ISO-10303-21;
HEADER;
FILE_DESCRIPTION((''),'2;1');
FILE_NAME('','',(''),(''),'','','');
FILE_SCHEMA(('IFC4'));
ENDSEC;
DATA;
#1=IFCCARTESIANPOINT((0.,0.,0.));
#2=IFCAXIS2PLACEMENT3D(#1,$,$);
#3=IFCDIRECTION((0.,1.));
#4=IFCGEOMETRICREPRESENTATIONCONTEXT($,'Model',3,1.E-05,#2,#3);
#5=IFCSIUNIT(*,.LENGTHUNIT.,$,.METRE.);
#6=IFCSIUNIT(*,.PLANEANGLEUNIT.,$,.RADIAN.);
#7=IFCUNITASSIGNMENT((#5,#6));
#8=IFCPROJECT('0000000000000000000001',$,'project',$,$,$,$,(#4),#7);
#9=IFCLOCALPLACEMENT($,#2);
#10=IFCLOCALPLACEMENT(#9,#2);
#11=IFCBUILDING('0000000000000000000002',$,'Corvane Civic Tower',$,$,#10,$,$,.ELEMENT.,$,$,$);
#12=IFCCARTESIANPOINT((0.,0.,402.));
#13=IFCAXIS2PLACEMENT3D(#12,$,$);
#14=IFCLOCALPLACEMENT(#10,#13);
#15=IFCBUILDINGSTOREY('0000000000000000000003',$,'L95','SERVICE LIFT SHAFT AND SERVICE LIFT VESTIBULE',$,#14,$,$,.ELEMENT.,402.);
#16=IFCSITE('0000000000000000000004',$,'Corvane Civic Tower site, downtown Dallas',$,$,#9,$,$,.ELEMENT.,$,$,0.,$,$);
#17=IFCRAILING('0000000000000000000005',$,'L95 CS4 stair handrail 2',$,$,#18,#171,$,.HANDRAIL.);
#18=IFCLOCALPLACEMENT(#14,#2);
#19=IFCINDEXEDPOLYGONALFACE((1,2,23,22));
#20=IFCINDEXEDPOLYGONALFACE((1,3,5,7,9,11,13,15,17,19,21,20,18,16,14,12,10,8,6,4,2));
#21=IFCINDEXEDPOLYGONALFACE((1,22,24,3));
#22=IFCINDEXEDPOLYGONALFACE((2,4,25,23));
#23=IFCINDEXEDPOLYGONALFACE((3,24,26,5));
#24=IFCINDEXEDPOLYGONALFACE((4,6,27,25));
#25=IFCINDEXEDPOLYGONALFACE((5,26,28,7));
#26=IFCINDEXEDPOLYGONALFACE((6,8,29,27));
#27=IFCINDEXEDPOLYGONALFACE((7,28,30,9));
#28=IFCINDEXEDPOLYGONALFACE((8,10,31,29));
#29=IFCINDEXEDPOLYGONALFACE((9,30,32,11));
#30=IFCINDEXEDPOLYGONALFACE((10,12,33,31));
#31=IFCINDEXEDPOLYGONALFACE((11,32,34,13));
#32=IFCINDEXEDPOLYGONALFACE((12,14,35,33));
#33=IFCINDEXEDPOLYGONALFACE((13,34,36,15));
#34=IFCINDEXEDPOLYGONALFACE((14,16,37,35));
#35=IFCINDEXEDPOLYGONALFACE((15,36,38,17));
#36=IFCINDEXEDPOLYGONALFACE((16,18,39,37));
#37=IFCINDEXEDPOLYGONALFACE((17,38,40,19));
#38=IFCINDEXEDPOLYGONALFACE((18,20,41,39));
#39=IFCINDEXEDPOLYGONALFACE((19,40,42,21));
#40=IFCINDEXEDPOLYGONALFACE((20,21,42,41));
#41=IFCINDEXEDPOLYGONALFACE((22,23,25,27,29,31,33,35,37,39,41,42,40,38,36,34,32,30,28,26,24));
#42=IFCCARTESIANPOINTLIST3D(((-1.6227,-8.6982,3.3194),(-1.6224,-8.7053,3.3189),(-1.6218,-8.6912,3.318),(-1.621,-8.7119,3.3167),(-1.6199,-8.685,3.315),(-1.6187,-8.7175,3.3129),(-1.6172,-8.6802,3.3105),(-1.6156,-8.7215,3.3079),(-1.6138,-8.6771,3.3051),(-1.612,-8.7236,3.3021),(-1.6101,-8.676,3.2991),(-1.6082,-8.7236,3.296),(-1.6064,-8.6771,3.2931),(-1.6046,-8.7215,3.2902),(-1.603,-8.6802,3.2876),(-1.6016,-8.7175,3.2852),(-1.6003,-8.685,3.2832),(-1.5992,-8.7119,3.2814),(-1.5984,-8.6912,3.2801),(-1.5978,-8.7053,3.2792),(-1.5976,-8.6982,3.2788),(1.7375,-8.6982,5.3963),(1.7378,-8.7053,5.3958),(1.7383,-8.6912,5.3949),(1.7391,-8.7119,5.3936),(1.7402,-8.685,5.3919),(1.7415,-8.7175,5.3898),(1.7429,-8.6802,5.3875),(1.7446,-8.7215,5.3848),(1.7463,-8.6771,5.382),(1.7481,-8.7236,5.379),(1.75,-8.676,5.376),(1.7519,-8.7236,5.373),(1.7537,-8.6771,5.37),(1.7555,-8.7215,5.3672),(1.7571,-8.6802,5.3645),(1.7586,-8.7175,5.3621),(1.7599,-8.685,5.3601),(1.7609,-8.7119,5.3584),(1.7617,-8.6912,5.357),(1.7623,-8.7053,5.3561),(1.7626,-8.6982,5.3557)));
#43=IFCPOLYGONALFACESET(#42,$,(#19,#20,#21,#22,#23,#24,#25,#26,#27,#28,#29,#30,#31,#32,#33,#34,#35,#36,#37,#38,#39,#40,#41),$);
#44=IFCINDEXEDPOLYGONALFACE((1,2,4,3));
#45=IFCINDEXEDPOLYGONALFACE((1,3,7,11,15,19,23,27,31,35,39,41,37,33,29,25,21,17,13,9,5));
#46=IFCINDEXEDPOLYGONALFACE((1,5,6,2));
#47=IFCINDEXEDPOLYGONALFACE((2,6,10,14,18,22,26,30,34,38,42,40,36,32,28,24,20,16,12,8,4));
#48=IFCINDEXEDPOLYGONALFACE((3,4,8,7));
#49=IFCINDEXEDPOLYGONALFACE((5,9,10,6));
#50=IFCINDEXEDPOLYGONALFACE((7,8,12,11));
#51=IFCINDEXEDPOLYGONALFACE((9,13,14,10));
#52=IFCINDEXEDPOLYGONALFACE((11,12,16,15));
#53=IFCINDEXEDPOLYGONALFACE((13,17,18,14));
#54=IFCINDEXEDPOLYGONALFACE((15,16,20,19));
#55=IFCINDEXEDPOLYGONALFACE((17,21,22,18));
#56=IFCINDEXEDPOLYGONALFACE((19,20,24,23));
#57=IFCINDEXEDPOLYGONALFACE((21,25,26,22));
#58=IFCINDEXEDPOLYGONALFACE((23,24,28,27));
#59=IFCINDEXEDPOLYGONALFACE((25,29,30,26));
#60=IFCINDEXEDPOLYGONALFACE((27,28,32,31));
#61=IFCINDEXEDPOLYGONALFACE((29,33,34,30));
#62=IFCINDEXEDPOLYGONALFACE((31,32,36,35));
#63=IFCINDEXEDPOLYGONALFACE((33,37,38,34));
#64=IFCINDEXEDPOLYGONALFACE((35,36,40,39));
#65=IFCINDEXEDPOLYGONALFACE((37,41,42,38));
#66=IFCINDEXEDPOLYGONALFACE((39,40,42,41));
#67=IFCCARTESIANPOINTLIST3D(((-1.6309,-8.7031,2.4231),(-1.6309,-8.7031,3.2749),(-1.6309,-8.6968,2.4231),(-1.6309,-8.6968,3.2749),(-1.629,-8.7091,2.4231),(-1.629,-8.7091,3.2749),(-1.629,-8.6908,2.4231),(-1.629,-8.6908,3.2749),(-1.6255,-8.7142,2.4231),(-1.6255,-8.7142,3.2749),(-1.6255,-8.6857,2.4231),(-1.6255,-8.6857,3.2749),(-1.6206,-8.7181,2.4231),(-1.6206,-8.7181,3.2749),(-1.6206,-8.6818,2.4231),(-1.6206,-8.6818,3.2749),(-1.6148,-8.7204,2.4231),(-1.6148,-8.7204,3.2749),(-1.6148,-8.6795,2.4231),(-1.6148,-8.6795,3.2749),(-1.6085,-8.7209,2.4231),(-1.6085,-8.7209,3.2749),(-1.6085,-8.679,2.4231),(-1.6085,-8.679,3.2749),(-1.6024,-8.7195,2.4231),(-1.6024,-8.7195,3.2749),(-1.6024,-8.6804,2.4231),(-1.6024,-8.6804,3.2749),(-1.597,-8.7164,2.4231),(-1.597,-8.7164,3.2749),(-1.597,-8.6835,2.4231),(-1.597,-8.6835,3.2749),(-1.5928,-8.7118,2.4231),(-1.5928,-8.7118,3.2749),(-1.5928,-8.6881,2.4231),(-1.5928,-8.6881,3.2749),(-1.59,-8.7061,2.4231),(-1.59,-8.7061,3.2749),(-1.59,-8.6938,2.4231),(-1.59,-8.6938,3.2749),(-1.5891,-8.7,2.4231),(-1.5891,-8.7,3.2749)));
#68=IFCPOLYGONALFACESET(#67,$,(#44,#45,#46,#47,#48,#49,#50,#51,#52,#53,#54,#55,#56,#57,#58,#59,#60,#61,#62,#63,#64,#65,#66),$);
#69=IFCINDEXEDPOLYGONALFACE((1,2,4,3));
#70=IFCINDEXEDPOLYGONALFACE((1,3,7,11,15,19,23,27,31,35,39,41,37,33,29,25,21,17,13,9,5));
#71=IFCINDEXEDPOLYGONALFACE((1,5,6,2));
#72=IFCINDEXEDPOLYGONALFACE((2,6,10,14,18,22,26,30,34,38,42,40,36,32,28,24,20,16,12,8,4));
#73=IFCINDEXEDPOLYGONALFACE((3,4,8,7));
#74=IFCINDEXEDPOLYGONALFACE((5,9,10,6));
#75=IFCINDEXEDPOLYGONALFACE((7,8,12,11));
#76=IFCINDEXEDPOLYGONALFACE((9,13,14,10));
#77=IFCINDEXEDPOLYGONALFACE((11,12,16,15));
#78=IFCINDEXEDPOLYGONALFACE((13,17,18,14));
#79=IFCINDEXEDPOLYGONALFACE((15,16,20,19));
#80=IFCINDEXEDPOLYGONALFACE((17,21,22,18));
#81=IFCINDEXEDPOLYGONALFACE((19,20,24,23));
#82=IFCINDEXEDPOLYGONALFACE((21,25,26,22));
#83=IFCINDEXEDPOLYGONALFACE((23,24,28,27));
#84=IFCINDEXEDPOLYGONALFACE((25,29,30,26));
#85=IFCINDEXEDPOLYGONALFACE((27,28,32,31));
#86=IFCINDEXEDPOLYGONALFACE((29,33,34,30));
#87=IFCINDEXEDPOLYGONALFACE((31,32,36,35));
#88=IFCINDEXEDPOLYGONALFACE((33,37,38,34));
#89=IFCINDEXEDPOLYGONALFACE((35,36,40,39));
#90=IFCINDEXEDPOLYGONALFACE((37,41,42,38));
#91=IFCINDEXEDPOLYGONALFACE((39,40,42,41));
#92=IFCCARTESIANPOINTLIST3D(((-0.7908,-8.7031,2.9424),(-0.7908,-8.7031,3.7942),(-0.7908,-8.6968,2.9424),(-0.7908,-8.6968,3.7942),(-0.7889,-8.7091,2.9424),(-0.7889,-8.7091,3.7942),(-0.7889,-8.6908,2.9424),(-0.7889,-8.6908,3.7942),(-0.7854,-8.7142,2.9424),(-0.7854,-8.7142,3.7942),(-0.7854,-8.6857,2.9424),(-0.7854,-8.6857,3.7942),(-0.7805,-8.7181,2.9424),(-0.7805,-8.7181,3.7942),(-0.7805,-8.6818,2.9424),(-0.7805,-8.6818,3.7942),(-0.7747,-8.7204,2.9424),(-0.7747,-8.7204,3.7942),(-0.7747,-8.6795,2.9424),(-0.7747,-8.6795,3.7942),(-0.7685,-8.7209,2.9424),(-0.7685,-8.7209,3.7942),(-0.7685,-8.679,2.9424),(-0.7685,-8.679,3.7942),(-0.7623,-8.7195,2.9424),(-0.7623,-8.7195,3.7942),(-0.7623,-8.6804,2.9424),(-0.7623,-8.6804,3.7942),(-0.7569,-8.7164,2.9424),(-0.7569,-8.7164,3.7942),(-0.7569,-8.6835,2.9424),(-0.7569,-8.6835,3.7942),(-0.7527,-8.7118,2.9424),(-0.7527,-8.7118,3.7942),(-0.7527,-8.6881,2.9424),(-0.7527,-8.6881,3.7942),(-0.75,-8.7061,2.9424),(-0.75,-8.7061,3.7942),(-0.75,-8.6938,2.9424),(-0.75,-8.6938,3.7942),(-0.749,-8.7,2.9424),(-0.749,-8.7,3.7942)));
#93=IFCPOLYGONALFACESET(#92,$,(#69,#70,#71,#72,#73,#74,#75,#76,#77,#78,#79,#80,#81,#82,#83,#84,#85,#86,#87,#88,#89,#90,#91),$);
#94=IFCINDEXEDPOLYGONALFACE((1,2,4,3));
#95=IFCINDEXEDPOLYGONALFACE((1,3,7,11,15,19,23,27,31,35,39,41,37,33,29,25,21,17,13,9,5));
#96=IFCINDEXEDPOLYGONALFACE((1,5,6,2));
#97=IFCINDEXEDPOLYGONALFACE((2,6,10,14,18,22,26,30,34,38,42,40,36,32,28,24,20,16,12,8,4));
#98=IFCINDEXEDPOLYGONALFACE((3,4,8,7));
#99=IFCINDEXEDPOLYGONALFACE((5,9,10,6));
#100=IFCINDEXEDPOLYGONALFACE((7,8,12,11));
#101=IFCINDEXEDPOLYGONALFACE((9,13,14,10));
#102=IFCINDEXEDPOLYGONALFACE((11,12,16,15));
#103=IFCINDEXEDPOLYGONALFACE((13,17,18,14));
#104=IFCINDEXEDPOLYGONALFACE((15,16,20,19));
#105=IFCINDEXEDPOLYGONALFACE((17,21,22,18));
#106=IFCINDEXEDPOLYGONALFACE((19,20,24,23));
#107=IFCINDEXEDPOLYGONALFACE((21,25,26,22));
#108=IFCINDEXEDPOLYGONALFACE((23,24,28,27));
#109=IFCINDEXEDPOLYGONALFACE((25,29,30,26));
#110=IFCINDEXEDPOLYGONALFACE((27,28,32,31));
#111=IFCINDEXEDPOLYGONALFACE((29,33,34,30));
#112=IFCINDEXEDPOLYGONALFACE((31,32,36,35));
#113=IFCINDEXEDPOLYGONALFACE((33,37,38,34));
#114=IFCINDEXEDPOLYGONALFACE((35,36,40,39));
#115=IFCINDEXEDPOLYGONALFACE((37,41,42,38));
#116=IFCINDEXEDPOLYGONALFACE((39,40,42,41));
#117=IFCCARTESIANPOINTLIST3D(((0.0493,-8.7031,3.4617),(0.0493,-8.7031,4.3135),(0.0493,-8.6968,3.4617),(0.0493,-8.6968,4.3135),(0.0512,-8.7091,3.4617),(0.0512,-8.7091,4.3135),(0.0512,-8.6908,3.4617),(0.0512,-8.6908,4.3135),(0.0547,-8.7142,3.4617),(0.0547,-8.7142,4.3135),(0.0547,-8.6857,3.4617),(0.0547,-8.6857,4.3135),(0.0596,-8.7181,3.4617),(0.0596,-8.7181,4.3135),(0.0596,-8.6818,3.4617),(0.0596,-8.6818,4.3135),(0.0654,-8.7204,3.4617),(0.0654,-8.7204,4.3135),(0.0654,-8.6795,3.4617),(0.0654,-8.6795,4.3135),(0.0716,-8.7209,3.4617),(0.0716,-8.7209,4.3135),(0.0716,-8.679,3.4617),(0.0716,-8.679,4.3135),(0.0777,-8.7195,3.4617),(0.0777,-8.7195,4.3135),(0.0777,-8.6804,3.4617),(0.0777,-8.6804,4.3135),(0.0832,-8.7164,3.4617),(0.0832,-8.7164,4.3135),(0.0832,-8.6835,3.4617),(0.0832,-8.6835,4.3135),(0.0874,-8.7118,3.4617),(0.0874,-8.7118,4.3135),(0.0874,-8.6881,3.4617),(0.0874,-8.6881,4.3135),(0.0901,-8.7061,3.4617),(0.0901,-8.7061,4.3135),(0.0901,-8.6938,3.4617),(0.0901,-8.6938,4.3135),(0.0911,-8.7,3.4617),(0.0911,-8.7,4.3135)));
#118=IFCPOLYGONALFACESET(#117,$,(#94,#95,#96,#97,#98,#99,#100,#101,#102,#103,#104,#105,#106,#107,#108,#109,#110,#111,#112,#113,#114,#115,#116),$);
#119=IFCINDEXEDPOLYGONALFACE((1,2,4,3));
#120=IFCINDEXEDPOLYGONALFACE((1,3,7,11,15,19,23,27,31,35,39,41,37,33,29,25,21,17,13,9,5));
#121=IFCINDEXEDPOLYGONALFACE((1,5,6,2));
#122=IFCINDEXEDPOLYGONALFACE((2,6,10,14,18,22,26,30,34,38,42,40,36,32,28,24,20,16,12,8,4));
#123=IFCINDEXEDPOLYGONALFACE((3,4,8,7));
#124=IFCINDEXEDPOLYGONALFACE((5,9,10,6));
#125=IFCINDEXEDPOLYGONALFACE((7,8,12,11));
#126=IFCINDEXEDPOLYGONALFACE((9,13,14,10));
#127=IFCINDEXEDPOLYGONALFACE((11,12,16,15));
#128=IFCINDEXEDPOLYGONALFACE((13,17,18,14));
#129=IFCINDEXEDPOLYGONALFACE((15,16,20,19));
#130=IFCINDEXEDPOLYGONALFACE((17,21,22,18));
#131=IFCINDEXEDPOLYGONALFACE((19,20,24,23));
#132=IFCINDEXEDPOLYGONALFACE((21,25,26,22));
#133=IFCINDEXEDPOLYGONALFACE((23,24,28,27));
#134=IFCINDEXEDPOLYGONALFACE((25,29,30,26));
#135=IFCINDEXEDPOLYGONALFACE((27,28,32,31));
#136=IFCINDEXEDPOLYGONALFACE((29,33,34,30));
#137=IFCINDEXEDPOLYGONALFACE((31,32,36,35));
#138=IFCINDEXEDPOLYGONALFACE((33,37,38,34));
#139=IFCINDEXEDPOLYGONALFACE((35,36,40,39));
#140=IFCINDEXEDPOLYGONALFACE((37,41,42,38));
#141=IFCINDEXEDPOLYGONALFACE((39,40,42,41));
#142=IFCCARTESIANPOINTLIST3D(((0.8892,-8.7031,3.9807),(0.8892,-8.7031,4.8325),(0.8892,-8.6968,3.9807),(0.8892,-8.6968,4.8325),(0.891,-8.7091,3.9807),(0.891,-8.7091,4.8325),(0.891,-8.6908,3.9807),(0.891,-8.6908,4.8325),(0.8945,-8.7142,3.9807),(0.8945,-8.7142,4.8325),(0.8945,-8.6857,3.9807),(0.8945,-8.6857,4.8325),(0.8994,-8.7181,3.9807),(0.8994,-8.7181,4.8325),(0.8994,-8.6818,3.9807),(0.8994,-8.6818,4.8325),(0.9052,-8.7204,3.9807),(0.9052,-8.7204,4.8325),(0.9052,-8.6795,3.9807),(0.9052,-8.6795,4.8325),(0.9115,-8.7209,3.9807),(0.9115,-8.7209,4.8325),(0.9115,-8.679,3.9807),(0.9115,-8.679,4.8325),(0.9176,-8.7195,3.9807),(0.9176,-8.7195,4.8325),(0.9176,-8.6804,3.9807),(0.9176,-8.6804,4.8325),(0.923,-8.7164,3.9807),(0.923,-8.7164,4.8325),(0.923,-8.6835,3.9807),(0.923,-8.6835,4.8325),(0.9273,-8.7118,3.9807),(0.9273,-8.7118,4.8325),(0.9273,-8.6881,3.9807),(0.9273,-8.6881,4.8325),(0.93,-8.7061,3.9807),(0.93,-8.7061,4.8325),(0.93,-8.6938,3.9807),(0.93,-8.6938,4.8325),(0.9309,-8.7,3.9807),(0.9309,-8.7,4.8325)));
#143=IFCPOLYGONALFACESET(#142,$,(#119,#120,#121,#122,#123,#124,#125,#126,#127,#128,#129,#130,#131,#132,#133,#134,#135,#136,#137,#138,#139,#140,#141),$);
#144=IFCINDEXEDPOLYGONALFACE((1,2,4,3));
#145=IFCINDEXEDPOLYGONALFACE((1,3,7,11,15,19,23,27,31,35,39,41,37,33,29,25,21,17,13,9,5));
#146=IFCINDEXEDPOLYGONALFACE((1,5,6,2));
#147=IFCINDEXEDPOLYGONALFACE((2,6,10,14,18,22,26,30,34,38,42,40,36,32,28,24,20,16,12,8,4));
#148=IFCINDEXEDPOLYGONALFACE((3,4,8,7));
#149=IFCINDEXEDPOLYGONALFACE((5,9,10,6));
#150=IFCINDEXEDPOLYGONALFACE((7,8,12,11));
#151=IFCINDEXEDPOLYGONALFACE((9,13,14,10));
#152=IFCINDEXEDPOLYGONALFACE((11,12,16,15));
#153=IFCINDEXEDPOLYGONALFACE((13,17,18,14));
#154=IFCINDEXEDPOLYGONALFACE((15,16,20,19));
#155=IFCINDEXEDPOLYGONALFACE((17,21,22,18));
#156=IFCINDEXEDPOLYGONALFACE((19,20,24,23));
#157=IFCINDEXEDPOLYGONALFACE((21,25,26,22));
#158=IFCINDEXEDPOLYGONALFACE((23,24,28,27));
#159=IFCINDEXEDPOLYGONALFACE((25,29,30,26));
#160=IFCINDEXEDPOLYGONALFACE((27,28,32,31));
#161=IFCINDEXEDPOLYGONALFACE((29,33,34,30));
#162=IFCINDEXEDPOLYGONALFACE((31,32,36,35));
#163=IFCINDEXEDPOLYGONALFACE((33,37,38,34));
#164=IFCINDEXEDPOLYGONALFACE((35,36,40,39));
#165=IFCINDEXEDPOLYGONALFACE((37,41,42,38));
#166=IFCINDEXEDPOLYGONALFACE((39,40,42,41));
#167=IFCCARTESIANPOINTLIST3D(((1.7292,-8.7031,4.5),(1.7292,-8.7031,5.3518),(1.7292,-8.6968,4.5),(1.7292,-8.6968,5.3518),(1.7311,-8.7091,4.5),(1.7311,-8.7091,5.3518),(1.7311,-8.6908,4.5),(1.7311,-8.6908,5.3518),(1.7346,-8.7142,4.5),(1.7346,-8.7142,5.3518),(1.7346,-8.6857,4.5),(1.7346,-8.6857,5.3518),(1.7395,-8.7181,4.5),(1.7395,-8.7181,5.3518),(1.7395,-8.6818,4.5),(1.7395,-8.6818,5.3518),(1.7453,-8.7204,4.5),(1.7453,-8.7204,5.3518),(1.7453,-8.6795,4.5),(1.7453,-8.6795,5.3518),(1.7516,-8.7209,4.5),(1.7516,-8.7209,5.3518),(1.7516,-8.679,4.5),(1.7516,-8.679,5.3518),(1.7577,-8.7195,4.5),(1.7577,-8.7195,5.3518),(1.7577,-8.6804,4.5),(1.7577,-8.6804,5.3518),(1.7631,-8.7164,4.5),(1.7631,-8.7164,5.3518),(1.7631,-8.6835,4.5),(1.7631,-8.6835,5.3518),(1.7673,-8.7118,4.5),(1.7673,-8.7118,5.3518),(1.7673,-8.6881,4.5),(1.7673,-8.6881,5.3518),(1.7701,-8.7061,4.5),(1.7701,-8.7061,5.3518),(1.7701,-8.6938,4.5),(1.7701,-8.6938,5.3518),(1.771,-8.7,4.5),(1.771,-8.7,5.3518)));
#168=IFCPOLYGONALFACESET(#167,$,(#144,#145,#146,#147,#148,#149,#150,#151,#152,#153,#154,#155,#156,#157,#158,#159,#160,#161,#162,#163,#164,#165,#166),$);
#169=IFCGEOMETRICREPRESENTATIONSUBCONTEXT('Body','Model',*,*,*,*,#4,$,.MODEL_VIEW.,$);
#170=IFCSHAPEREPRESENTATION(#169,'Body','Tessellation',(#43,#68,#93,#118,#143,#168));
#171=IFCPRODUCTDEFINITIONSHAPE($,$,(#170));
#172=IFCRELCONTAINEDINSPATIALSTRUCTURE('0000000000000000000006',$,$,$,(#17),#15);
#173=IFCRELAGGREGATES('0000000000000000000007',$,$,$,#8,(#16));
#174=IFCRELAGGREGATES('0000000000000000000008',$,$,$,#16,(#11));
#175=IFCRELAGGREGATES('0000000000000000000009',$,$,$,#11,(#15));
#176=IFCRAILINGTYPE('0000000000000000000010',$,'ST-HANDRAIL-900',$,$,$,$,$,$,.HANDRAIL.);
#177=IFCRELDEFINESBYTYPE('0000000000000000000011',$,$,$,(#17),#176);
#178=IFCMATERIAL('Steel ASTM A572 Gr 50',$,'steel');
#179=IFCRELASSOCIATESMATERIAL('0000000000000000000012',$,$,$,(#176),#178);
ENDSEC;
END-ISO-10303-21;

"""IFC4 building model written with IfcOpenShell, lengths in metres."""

from ifc_helpers import new_model, si_unit, direction, frame, origin, origin_2d, place, context, subcontext, project, spatial, circle, extrude, material, type_object, element, save


model = new_model("IFC4")

# Units and contexts
model_context = context("Model", 3, precision=1e-05, world=origin(), true_north=direction((0.0, 1.0)))
body_context = subcontext(model_context, "Body", "Model", "MODEL_VIEW")
ifc_project = project(units=[si_unit("LENGTHUNIT", "METRE"), si_unit("PLANEANGLEUNIT", "RADIAN")], contexts=[model_context])

# Site, building, storey
site_placement = place(None, origin())
site = spatial("IfcSite", under=ifc_project, at=site_placement, Name="Corvane Civic Tower site, downtown Dallas", CompositionType="ELEMENT", RefElevation=0.0)
building_placement = place(site_placement, origin())
building = spatial("IfcBuilding", under=site, at=building_placement, Name="Corvane Civic Tower", CompositionType="ELEMENT")
storey_placement = place(building_placement, frame((0.0, 0.0, 402.0)))
storey = spatial("IfcBuildingStorey", under=building, at=storey_placement, Name="L95", Description="SERVICE LIFT SHAFT AND SERVICE LIFT VESTIBULE", CompositionType="ELEMENT", Elevation=402.0)

# Railing
ifc_material_1 = material(Name="Steel ASTM A572 Gr 50", Category="steel")
railing_type = type_object("IfcRailingType", Name="ST-HANDRAIL-900", PredefinedType="HANDRAIL", material=ifc_material_1)
railing_1_placement = place(storey_placement, frame((-1.6101, -8.7, 2.4231)))
element("IfcRailing", 1, at=railing_1_placement, inside=storey, type_object=railing_type, Name="L95 CS4 stair handrail 2", PredefinedType="HANDRAIL", context=body_context, shape_type="SweptSolid", body=[
    extrude(circle(Radius=0.0239, at=origin_2d()), frame((0.0, 0.0, 0.876), z_axis=(0.850623, 0.0, 0.525776), x_axis=(0.0, 1.0, 0.0)), (0.0, 0.0, 1.0), 3.9502),
    extrude(circle(Radius=0.021, at=origin_2d()), origin(), (0.0, 0.0, 1.0), 0.8518),
    extrude(circle(Radius=0.021, at=origin_2d()), frame((0.8401, 0.0, 0.5193)), (0.0, 0.0, 1.0), 0.8518),
    extrude(circle(Radius=0.021, at=origin_2d()), frame((1.6802, 0.0, 1.0386)), (0.0, 0.0, 1.0), 0.8518),
    extrude(circle(Radius=0.021, at=origin_2d()), frame((2.52, 0.0, 1.5576)), (0.0, 0.0, 1.0), 0.8518),
    extrude(circle(Radius=0.021, at=origin_2d()), frame((3.3601, 0.0, 2.0769)), (0.0, 0.0, 1.0), 0.8518),
])

save(model, "model.ifc")
